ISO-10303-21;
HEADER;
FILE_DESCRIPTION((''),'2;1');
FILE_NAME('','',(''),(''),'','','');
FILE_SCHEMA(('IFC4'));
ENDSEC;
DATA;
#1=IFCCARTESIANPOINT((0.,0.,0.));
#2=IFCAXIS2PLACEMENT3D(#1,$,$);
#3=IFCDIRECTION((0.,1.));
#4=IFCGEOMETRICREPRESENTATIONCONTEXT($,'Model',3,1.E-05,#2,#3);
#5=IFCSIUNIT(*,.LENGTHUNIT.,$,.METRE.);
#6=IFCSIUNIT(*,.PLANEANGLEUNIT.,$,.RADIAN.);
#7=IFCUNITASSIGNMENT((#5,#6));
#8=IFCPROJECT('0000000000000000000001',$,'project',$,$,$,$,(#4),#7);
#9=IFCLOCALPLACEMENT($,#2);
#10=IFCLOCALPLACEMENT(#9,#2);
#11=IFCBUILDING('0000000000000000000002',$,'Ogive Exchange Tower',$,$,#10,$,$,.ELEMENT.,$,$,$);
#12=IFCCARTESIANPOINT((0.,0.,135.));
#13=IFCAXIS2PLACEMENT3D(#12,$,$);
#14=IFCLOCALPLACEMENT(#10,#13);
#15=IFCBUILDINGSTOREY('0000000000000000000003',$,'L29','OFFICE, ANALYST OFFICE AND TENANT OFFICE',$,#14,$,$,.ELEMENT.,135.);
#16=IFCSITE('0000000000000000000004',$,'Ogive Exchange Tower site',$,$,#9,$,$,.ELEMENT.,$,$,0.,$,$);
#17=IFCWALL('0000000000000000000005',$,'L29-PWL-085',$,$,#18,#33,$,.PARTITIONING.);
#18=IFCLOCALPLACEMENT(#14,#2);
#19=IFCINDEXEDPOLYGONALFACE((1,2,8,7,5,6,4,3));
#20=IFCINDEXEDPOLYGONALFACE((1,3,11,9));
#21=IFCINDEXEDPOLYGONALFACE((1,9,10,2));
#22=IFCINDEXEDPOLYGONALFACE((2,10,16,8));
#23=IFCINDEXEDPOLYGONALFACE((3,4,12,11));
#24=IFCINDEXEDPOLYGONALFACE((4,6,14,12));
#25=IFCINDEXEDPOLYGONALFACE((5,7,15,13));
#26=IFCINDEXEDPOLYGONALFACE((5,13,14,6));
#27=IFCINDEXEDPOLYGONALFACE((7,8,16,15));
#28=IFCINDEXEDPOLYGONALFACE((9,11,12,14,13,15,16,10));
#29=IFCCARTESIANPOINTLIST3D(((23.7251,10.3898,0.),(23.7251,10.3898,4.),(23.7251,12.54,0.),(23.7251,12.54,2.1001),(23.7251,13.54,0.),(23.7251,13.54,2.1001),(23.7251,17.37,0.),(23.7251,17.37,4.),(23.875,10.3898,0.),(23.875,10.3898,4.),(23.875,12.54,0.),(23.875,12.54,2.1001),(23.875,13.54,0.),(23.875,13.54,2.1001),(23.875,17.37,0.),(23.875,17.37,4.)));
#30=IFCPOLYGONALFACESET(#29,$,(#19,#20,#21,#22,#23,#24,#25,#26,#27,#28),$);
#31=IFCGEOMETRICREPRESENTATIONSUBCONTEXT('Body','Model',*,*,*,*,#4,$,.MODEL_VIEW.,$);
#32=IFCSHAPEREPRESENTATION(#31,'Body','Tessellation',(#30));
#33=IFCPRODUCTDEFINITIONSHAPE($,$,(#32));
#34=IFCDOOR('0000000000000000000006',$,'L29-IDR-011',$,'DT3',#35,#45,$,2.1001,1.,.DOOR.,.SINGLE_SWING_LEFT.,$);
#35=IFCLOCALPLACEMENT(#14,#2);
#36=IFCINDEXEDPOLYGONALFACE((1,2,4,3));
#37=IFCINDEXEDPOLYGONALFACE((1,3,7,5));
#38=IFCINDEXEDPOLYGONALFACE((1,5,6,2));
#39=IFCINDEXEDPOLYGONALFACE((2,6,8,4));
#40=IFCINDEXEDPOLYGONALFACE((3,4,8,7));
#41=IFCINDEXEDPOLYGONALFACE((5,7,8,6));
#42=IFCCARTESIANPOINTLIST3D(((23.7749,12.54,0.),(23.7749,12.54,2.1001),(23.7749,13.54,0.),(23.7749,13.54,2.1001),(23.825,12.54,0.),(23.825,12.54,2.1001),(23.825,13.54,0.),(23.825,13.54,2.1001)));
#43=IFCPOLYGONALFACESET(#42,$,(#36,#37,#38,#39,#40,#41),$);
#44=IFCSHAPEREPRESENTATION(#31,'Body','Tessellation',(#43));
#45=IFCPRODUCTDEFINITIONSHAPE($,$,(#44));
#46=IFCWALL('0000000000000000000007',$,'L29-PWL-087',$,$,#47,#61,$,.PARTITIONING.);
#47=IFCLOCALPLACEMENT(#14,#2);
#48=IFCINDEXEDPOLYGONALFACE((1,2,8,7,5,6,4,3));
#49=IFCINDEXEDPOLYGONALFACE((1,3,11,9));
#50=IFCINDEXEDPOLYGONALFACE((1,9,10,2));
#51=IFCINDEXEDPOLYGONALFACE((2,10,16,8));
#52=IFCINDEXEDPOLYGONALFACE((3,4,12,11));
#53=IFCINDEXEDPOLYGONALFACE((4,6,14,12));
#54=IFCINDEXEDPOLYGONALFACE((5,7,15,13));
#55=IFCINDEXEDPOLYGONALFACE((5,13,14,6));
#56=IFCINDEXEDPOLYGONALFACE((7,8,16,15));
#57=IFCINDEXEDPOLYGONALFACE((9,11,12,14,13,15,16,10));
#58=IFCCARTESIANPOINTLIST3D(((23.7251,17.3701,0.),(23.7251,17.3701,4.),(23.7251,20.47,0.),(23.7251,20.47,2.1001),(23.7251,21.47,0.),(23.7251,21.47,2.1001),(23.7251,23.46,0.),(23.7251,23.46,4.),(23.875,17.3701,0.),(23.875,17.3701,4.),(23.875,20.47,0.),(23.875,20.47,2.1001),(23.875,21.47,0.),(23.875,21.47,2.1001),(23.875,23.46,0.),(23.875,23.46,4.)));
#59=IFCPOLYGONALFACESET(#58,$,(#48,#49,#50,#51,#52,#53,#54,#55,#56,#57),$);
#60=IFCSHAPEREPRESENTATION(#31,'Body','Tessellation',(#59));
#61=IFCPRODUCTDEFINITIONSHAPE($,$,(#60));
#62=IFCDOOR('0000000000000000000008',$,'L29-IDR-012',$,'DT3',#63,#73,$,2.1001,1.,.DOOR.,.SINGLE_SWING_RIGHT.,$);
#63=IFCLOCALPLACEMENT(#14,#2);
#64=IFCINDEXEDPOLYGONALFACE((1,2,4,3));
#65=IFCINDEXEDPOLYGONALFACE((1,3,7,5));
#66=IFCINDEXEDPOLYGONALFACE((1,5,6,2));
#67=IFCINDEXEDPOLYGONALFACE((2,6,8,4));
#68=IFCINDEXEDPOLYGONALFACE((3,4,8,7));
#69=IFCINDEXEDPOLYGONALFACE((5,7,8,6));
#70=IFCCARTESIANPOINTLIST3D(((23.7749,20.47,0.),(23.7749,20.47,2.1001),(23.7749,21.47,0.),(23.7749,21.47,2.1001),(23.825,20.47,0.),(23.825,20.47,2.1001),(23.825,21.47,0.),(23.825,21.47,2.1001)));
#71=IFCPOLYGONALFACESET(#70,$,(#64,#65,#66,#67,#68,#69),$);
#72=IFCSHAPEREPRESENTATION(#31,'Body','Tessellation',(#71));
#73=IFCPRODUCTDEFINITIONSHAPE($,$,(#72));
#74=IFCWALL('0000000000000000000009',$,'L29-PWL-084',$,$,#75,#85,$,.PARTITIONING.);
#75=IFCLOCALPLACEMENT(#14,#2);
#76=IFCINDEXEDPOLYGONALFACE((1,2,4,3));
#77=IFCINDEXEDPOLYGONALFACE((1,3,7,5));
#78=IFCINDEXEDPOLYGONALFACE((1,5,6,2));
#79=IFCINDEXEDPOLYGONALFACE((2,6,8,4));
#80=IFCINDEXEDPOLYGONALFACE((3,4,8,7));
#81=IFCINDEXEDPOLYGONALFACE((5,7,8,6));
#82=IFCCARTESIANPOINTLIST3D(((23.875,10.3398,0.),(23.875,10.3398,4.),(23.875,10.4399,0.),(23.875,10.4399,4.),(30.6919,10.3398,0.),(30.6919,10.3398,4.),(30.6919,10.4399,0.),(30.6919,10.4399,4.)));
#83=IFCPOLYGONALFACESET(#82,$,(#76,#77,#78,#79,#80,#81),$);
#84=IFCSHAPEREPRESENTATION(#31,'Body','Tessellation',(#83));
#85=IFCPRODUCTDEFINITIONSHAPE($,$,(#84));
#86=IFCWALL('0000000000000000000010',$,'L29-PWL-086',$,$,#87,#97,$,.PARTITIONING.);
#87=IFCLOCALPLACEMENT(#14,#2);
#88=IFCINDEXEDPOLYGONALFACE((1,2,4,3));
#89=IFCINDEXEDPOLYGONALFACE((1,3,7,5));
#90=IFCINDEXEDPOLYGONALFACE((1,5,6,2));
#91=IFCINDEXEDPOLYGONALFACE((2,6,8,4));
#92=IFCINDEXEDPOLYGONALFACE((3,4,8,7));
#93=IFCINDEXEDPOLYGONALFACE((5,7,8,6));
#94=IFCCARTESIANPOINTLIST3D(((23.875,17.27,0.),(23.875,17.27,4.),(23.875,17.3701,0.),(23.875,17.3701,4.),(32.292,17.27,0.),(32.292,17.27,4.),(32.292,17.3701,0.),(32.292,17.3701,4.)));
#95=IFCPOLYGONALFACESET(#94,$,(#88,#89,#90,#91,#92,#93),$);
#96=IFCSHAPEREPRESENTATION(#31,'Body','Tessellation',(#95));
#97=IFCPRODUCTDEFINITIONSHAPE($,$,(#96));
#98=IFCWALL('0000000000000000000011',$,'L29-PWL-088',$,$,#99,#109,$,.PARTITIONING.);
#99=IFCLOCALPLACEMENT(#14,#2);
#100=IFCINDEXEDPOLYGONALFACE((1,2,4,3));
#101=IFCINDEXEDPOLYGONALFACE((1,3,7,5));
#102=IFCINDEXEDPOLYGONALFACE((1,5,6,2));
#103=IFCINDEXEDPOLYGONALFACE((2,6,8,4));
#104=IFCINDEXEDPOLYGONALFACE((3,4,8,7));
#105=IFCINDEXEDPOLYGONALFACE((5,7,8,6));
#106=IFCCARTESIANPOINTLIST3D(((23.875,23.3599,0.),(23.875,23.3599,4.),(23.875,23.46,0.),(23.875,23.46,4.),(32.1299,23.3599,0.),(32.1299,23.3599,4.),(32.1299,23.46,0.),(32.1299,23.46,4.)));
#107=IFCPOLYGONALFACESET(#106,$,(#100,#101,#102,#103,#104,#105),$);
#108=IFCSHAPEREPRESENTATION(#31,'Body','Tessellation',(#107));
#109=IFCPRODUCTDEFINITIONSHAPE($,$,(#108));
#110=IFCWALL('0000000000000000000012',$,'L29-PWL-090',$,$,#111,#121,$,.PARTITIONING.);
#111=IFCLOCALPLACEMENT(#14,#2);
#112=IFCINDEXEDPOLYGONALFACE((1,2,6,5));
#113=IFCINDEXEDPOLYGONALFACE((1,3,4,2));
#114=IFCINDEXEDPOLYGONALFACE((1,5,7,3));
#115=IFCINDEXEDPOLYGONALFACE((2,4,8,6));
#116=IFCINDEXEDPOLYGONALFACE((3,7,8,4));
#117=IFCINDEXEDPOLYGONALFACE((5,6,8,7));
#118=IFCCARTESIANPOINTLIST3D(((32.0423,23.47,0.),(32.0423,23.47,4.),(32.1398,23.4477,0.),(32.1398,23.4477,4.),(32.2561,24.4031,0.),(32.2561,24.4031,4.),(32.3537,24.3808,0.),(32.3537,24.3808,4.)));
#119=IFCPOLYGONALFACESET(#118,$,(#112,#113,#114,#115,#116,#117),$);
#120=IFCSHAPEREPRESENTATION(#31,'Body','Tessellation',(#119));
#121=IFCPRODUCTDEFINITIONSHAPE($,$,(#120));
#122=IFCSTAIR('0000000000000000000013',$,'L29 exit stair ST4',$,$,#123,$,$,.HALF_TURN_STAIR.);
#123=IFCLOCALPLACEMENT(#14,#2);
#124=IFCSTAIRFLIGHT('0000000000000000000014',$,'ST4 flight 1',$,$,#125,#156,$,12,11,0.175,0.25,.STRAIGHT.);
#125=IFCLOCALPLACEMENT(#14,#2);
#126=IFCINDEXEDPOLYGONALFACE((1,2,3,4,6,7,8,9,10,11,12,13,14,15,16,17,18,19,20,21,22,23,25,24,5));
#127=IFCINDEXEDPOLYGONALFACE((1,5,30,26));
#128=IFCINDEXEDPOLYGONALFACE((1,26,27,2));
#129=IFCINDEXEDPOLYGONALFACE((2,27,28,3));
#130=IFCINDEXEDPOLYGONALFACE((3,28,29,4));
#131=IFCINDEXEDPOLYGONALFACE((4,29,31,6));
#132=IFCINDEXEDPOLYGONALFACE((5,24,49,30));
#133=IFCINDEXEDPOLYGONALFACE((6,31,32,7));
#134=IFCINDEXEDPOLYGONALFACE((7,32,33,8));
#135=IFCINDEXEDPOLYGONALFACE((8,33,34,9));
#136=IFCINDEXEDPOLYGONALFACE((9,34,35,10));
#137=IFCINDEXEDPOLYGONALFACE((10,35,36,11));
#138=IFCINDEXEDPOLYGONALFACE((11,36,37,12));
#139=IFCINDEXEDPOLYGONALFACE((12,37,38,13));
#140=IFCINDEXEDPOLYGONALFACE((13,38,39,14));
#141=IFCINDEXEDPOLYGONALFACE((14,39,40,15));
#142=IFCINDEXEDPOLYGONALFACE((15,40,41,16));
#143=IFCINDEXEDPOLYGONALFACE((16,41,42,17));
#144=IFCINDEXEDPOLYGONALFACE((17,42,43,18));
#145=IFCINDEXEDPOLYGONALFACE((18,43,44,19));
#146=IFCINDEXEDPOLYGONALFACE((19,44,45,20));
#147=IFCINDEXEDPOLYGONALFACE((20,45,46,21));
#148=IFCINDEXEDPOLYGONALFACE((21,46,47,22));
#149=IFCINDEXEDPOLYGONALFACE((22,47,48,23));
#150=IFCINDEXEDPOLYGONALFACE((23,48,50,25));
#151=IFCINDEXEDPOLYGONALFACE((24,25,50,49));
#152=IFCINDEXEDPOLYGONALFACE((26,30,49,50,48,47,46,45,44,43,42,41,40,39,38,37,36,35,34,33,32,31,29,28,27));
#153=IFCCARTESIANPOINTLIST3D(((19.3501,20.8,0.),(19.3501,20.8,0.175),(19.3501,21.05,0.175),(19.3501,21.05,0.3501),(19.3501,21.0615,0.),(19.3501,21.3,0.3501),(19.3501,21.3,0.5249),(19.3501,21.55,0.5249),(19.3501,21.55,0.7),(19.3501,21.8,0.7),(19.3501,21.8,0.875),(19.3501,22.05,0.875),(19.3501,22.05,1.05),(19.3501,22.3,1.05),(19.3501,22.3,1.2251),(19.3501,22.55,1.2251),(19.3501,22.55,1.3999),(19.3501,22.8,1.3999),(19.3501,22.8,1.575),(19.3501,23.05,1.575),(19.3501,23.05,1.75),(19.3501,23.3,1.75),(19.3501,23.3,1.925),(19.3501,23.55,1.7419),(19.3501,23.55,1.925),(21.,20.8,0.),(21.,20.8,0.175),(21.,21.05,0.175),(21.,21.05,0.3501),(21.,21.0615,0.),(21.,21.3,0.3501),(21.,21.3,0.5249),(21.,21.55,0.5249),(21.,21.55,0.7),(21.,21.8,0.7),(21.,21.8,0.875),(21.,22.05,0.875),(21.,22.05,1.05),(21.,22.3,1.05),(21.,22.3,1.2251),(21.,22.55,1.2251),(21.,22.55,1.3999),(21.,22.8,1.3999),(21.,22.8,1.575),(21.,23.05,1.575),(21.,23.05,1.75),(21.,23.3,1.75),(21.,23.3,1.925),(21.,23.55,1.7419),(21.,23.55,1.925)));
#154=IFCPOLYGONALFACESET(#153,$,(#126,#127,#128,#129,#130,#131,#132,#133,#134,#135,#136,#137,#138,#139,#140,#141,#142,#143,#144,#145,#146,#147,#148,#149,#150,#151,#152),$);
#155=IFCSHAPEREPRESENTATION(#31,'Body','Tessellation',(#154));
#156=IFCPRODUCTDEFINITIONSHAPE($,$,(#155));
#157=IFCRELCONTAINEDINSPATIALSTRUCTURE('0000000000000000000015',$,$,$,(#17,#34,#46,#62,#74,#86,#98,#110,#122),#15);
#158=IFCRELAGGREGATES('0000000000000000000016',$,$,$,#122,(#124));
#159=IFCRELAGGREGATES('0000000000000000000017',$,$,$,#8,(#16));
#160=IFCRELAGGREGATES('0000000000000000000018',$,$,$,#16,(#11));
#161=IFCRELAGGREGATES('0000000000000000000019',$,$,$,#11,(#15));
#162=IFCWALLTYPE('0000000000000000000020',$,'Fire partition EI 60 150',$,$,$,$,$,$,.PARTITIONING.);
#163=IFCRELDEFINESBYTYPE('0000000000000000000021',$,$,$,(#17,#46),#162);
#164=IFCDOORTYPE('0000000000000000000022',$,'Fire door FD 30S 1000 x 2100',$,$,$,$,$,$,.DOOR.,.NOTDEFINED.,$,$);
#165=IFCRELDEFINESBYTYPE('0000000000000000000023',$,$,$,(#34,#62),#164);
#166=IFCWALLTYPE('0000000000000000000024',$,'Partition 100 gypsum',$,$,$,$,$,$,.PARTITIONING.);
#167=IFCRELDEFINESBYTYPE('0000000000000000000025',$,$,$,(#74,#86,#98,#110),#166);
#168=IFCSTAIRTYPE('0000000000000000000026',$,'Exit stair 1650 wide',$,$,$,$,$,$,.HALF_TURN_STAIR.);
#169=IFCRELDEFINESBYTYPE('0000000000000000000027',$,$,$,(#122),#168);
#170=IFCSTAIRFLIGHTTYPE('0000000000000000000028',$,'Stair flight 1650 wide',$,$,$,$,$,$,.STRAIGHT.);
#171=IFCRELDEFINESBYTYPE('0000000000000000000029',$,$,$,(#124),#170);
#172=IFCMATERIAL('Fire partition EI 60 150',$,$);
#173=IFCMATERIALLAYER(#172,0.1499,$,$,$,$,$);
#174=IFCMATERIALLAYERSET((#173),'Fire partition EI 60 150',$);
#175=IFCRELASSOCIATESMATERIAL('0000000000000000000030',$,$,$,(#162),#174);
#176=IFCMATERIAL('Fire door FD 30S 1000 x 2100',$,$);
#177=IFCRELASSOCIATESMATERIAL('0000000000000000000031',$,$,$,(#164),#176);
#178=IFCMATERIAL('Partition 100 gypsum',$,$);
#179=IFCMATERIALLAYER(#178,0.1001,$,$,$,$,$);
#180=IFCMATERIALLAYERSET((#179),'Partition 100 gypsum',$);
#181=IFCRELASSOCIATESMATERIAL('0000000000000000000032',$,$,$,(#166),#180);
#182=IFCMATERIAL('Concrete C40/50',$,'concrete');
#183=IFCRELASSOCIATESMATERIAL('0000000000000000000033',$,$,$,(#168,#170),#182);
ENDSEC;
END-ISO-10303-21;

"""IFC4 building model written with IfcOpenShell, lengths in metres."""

from ifc_helpers import new_model, si_unit, direction, frame, frame_2d, origin, place, context, subcontext, project, spatial, polyline, rectangle, outline, extrude, material, layer, layer_set, type_object, element, fill, aggregate, save


model = new_model("IFC4")

# Units and contexts
model_context = context("Model", 3, precision=1e-05, world=origin(), true_north=direction((0.0, 1.0)))
body_context = subcontext(model_context, "Body", "Model", "MODEL_VIEW")
ifc_project = project(units=[si_unit("LENGTHUNIT", "METRE"), si_unit("PLANEANGLEUNIT", "RADIAN")], contexts=[model_context])

# Site, building, storey
site_placement = place(None, origin())
site = spatial("IfcSite", under=ifc_project, at=site_placement, Name="Ogive Exchange Tower site", CompositionType="ELEMENT", RefElevation=0.0)
building_placement = place(site_placement, origin())
building = spatial("IfcBuilding", under=site, at=building_placement, Name="Ogive Exchange Tower", CompositionType="ELEMENT")
storey_placement = place(building_placement, frame((0.0, 0.0, 135.0)))
storey = spatial("IfcBuildingStorey", under=building, at=storey_placement, Name="L29", Description="OFFICE, ANALYST OFFICE AND TENANT OFFICE", CompositionType="ELEMENT", Elevation=135.0)

# Walls, openings, doors
ifc_material_1 = material(Name="Fire partition EI 60 150")
ifc_layer_1 = layer(ifc_material_1, 0.1499)
ifc_layer_set_1 = layer_set([ifc_layer_1], Name="Fire partition EI 60 150")
wall_type_1 = type_object("IfcWallType", Name="Fire partition EI 60 150", PredefinedType="PARTITIONING", material=ifc_layer_set_1)
ifc_material_2 = material(Name="Fire door FD 30S 1000 x 2100")
door_type = type_object("IfcDoorType", Name="Fire door FD 30S 1000 x 2100", OperationType="NOTDEFINED", PredefinedType="DOOR", material=ifc_material_2)
wall_1_placement = place(storey_placement, frame((23.8, 17.3701, 0.0), z_axis=(0.0, 0.0, 1.0), x_axis=(0.0, -1.0, 0.0)))
wall_1 = element("IfcWall", 1, at=wall_1_placement, inside=storey, type_object=wall_type_1, Name="L29-PWL-085", PredefinedType="PARTITIONING", context=body_context, shape_type="SweptSolid", body=[
    extrude(rectangle(XDim=6.9802, YDim=0.1499, at=frame_2d((3.4902, 0.0))), origin(), (0.0, 0.0, 1.0), 4.0),
])
opening_1_placement = place(wall_1_placement, frame((3.8301, 0.0, 0.0)))
opening_1 = element("IfcOpeningElement", 2, at=opening_1_placement, cuts=wall_1, PredefinedType="OPENING", context=body_context, shape_type="SweptSolid", body=[
    extrude(rectangle(XDim=1.0, YDim=2.1001, at=frame_2d((0.5, 1.05))), frame((0.0, 0.085, 0.0), z_axis=(0.0, -1.0, 0.0), x_axis=(1.0, 0.0, 0.0)), (0.0, 0.0, 1.0), 0.1699),
])
door_1_placement = place(opening_1_placement, origin())
door_1 = element("IfcDoor", 3, at=door_1_placement, inside=storey, type_object=door_type, Name="L29-IDR-011", ObjectType="DT3", OperationType="SINGLE_SWING_LEFT", OverallHeight=2.1001, OverallWidth=1.0, PredefinedType="DOOR", context=body_context, shape_type="SweptSolid", body=[
    extrude(rectangle(XDim=1.0, YDim=2.1001, at=frame_2d((0.5, 1.05))), frame((0.0, 0.0249, 0.0), z_axis=(0.0, -1.0, 0.0), x_axis=(1.0, 0.0, 0.0)), (0.0, 0.0, 1.0), 0.05),
])
fill(opening_1, door_1)
wall_2_placement = place(storey_placement, frame((23.8, 23.46, 0.0), z_axis=(0.0, 0.0, 1.0), x_axis=(0.0, -1.0, 0.0)))
wall_2 = element("IfcWall", 4, at=wall_2_placement, inside=storey, type_object=wall_type_1, Name="L29-PWL-087", PredefinedType="PARTITIONING", context=body_context, shape_type="SweptSolid", body=[
    extrude(rectangle(XDim=6.0898, YDim=0.1499, at=frame_2d((3.0449, 0.0))), origin(), (0.0, 0.0, 1.0), 4.0),
])
opening_2_placement = place(wall_2_placement, frame((1.99, 0.0, 0.0)))
opening_2 = element("IfcOpeningElement", 5, at=opening_2_placement, cuts=wall_2, PredefinedType="OPENING", context=body_context, shape_type="SweptSolid", body=[
    extrude(rectangle(XDim=1.0, YDim=2.1001, at=frame_2d((0.5, 1.05))), frame((0.0, 0.085, 0.0), z_axis=(0.0, -1.0, 0.0), x_axis=(1.0, 0.0, 0.0)), (0.0, 0.0, 1.0), 0.1699),
])
door_2_placement = place(opening_2_placement, origin())
door_2 = element("IfcDoor", 6, at=door_2_placement, inside=storey, type_object=door_type, Name="L29-IDR-012", ObjectType="DT3", OperationType="SINGLE_SWING_RIGHT", OverallHeight=2.1001, OverallWidth=1.0, PredefinedType="DOOR", context=body_context, shape_type="SweptSolid", body=[
    extrude(rectangle(XDim=1.0, YDim=2.1001, at=frame_2d((0.5, 1.05))), frame((0.0, 0.0249, 0.0), z_axis=(0.0, -1.0, 0.0), x_axis=(1.0, 0.0, 0.0)), (0.0, 0.0, 1.0), 0.05),
])
fill(opening_2, door_2)

# Walls
ifc_material_3 = material(Name="Partition 100 gypsum")
ifc_layer_2 = layer(ifc_material_3, 0.1001)
ifc_layer_set_2 = layer_set([ifc_layer_2], Name="Partition 100 gypsum")
wall_type_2 = type_object("IfcWallType", Name="Partition 100 gypsum", PredefinedType="PARTITIONING", material=ifc_layer_set_2)
wall_3_placement = place(storey_placement, frame((23.875, 10.3899, 0.0), z_axis=(0.0, 0.0, 1.0), x_axis=(1.0, 0.0, 0.0)))
element("IfcWall", 7, at=wall_3_placement, inside=storey, type_object=wall_type_2, Name="L29-PWL-084", PredefinedType="PARTITIONING", context=body_context, shape_type="SweptSolid", body=[
    extrude(rectangle(XDim=6.8169, YDim=0.1001, at=frame_2d((3.4084, 0.0))), origin(), (0.0, 0.0, 1.0), 4.0),
])
wall_4_placement = place(storey_placement, frame((23.875, 17.3201, 0.0), z_axis=(0.0, 0.0, 1.0), x_axis=(1.0, 0.0, 0.0)))
element("IfcWall", 8, at=wall_4_placement, inside=storey, type_object=wall_type_2, Name="L29-PWL-086", PredefinedType="PARTITIONING", context=body_context, shape_type="SweptSolid", body=[
    extrude(rectangle(XDim=8.417, YDim=0.1001, at=frame_2d((4.2085, 0.0))), origin(), (0.0, 0.0, 1.0), 4.0),
])
wall_5_placement = place(storey_placement, frame((23.875, 23.4099, 0.0), z_axis=(0.0, 0.0, 1.0), x_axis=(1.0, 0.0, 0.0)))
element("IfcWall", 9, at=wall_5_placement, inside=storey, type_object=wall_type_2, Name="L29-PWL-088", PredefinedType="PARTITIONING", context=body_context, shape_type="SweptSolid", body=[
    extrude(rectangle(XDim=8.2549, YDim=0.1001, at=frame_2d((4.1274, 0.0))), origin(), (0.0, 0.0, 1.0), 4.0),
])
wall_6_placement = place(storey_placement, frame((32.0911, 23.459, 0.0), z_axis=(0.0, 0.0, 1.0), x_axis=(0.223406, 0.974725, 0.0)))
element("IfcWall", 10, at=wall_6_placement, inside=storey, type_object=wall_type_2, Name="L29-PWL-090", PredefinedType="PARTITIONING", context=body_context, shape_type="SweptSolid", body=[
    extrude(rectangle(XDim=0.9573, YDim=0.1001, at=frame_2d((0.4785, 0.0))), origin(), (0.0, 0.0, 1.0), 4.0),
])

# Stair, stair flight
ifc_material_4 = material(Name="Concrete C40/50", Category="concrete")
stair_type = type_object("IfcStairType", Name="Exit stair 1650 wide", PredefinedType="HALF_TURN_STAIR", material=ifc_material_4)
stair_placement = place(storey_placement, origin())
stair = element("IfcStair", 11, at=stair_placement, inside=storey, type_object=stair_type, Name="L29 exit stair ST4", PredefinedType="HALF_TURN_STAIR")
stair_flight_type = type_object("IfcStairFlightType", Name="Stair flight 1650 wide", PredefinedType="STRAIGHT", material=ifc_material_4)
stair_flight_placement = place(storey_placement, frame((20.175, 20.8, 0.0), z_axis=(0.0, 0.0, 1.0), x_axis=(0.0, 1.0, 0.0)))
stair_flight = element("IfcStairFlight", 12, at=stair_flight_placement, type_object=stair_flight_type, Name="ST4 flight 1", NumberOfRisers=12, NumberOfTreads=11, PredefinedType="STRAIGHT", RiserHeight=0.175, TreadLength=0.25, context=body_context, shape_type="SweptSolid", body=[
    extrude(outline(polyline([(0.0, 0.0), (0.0, 0.175), (0.25, 0.175), (0.25, 0.3501), (0.5, 0.3501), (0.5, 0.5249), (0.75, 0.5249), (0.75, 0.7), (1.0, 0.7), (1.0, 0.875), (1.25, 0.875), (1.25, 1.05), (1.5, 1.05), (1.5, 1.2251), (1.75, 1.2251), (1.75, 1.3999), (2.0, 1.3999), (2.0, 1.575), (2.25, 1.575), (2.25, 1.75), (2.5, 1.75), (2.5, 1.925), (2.75, 1.925), (2.75, 2.1001), (2.75, 1.7419), (0.2615, 0.0), (0.0, 0.0)])), frame((0.0, 0.825, 0.0), z_axis=(0.0, -1.0, 0.0), x_axis=(1.0, 0.0, 0.0)), (0.0, 0.0, 1.0), 1.6499),
])
aggregate(stair, [stair_flight])

save(model, "model.ifc")
